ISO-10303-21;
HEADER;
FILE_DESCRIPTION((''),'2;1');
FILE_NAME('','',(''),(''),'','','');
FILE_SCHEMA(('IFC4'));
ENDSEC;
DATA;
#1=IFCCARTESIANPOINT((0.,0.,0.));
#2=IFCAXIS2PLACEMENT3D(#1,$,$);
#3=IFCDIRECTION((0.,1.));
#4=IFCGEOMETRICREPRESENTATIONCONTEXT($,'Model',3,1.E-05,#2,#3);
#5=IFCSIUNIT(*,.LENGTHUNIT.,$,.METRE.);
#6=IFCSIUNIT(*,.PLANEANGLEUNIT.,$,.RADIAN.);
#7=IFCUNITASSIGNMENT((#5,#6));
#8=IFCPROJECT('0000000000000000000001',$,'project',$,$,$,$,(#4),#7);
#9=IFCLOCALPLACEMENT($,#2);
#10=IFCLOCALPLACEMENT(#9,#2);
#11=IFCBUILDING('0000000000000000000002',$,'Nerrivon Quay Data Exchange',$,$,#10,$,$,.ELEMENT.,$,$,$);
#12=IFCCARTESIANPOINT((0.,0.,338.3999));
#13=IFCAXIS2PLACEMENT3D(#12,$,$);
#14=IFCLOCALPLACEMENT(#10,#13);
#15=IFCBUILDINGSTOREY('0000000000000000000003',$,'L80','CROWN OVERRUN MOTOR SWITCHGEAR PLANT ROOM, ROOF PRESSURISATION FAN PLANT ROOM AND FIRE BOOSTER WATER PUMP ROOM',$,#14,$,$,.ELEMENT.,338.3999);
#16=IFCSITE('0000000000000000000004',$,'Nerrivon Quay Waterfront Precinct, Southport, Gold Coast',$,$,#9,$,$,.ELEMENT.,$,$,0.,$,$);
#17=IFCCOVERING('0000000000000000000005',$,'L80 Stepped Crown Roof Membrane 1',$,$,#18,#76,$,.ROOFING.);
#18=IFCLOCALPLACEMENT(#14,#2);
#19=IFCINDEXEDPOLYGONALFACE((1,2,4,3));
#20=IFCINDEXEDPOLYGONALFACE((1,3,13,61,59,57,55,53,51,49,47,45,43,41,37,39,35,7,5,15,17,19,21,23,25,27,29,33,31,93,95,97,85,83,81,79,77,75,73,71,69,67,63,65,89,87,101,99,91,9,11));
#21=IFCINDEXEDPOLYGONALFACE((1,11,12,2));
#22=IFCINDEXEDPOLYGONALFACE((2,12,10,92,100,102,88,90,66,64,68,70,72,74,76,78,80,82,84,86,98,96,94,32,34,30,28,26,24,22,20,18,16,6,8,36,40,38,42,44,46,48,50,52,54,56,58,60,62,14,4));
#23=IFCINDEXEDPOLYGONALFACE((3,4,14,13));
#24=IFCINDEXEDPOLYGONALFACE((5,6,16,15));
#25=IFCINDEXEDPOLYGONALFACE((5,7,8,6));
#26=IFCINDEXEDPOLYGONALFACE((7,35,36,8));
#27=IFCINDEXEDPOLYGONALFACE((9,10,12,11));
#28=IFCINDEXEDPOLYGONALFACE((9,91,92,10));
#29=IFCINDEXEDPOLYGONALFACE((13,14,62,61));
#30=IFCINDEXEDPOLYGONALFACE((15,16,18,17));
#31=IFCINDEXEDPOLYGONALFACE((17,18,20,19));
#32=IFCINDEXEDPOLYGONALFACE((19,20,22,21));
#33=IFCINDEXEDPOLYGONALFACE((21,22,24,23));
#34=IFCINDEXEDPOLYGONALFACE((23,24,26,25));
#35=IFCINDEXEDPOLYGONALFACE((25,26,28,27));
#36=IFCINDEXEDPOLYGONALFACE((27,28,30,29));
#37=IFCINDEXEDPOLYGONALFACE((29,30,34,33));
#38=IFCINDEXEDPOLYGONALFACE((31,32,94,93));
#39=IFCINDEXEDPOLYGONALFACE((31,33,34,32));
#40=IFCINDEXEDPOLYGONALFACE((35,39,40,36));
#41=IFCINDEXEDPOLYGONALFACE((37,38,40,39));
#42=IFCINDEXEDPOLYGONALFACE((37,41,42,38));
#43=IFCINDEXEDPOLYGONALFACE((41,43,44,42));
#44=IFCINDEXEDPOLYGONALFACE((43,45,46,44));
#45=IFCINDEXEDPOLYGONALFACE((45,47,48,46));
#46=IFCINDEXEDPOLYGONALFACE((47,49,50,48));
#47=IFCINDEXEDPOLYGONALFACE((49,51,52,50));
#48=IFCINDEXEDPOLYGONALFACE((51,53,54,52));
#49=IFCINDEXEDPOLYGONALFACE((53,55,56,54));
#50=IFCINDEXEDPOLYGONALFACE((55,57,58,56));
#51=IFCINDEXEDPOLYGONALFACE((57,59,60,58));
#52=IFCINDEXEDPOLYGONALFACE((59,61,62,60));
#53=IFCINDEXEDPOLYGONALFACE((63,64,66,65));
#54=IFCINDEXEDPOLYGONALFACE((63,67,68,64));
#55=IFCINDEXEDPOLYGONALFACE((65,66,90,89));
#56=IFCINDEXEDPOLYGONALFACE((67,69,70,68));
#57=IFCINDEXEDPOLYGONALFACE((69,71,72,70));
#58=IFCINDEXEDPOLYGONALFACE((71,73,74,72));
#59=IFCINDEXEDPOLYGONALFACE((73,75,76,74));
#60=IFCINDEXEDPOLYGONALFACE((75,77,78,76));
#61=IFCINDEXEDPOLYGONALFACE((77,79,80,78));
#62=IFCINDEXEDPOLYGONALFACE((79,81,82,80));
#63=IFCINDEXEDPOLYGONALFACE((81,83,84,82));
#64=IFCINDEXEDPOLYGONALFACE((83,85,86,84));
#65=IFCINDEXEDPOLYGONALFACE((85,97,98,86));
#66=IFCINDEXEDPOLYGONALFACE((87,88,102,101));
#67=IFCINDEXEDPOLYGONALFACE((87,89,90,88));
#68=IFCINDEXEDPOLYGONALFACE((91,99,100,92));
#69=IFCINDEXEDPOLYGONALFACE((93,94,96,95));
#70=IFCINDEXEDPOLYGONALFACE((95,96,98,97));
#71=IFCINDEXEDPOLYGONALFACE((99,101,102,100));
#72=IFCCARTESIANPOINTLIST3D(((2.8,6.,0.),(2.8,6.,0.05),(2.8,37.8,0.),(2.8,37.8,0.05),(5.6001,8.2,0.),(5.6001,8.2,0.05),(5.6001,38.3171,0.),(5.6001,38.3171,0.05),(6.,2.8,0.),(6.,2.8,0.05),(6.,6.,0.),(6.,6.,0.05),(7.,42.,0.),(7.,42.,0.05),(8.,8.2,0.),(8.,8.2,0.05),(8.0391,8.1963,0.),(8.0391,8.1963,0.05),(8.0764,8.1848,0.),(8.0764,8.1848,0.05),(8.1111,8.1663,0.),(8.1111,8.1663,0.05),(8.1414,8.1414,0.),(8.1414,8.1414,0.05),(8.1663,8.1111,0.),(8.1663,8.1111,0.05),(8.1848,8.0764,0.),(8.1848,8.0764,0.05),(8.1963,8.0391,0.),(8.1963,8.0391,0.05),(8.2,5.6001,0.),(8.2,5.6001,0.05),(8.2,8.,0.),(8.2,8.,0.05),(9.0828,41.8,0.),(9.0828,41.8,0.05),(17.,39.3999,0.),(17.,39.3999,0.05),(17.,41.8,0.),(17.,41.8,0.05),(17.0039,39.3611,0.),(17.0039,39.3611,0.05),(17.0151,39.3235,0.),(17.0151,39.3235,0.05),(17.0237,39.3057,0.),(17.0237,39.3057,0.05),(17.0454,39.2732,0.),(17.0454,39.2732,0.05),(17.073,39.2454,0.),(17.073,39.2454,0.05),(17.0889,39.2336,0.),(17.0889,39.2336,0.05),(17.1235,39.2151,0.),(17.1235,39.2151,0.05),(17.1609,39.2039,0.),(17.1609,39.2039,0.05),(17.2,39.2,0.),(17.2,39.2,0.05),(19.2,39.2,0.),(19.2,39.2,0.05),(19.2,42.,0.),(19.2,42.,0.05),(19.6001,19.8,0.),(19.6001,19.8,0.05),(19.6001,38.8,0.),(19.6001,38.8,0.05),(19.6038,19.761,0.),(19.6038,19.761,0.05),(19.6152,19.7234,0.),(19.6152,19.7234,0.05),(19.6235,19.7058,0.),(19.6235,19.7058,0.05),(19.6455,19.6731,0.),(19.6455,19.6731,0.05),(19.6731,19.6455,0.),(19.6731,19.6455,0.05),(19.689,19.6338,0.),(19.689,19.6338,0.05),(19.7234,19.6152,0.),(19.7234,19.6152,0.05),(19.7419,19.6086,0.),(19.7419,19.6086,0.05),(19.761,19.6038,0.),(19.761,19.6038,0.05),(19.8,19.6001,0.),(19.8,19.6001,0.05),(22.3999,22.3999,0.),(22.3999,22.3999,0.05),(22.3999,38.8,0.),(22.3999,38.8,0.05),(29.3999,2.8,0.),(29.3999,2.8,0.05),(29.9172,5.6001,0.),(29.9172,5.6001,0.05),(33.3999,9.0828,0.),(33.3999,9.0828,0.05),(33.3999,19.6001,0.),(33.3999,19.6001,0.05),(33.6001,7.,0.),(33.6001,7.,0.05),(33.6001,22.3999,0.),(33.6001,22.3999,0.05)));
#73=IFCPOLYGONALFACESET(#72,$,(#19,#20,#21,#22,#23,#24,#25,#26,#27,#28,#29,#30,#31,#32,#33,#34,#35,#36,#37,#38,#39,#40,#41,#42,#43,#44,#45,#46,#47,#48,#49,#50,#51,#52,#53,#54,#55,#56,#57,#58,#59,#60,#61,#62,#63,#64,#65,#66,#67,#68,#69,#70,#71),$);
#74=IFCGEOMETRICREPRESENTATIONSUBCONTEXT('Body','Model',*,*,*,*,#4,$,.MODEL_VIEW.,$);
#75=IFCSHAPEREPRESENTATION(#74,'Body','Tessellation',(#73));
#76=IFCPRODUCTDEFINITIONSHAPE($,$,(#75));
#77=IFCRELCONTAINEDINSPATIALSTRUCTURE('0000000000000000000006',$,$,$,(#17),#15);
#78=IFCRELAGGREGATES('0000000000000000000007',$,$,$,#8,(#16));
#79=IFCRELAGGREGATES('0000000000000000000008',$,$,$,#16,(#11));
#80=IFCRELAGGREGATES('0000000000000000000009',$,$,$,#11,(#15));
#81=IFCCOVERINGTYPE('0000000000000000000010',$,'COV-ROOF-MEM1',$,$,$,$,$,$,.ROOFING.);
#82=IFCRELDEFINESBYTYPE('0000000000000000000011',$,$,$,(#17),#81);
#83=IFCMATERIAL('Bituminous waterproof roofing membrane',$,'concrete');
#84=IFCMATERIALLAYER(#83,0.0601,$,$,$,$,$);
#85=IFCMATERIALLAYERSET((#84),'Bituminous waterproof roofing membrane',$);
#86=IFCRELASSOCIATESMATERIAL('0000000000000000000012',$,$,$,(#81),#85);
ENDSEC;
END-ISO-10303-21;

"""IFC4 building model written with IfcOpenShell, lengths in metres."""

from ifc_helpers import new_model, si_unit, direction, frame, origin, place, context, subcontext, project, spatial, polyline, outline, extrude, material, layer, layer_set, type_object, element, save


model = new_model("IFC4")

# Units and contexts
model_context = context("Model", 3, precision=1e-05, world=origin(), true_north=direction((0.0, 1.0)))
body_context = subcontext(model_context, "Body", "Model", "MODEL_VIEW")
ifc_project = project(units=[si_unit("LENGTHUNIT", "METRE"), si_unit("PLANEANGLEUNIT", "RADIAN")], contexts=[model_context])

# Site, building, storey
site_placement = place(None, origin())
site = spatial("IfcSite", under=ifc_project, at=site_placement, Name="Nerrivon Quay Waterfront Precinct, Southport, Gold Coast", CompositionType="ELEMENT", RefElevation=0.0)
building_placement = place(site_placement, origin())
building = spatial("IfcBuilding", under=site, at=building_placement, Name="Nerrivon Quay Data Exchange", CompositionType="ELEMENT")
storey_placement = place(building_placement, frame((0.0, 0.0, 338.3999)))
storey = spatial("IfcBuildingStorey", under=building, at=storey_placement, Name="L80", Description="CROWN OVERRUN MOTOR SWITCHGEAR PLANT ROOM, ROOF PRESSURISATION FAN PLANT ROOM AND FIRE BOOSTER WATER PUMP ROOM", CompositionType="ELEMENT", Elevation=338.3999)

# Covering
ifc_material_1 = material(Name="Bituminous waterproof roofing membrane", Category="concrete")
ifc_layer_1 = layer(ifc_material_1, 0.0601)
ifc_layer_set_1 = layer_set([ifc_layer_1], Name="Bituminous waterproof roofing membrane")
covering_type = type_object("IfcCoveringType", Name="COV-ROOF-MEM1", PredefinedType="ROOFING", material=ifc_layer_set_1)
covering_placement = place(storey_placement, origin())
element("IfcCovering", 1, at=covering_placement, inside=storey, type_object=covering_type, Name="L80 Stepped Crown Roof Membrane 1", PredefinedType="ROOFING", context=body_context, shape_type="SweptSolid", body=[
    extrude(outline(polyline([(19.6001, 38.8), (19.6001, 19.8), (19.6038, 19.761), (19.6152, 19.7234), (19.6235, 19.7058), (19.6455, 19.6731), (19.6731, 19.6455), (19.689, 19.6338), (19.7234, 19.6152), (19.7419, 19.6086), (19.761, 19.6038), (19.8, 19.6001), (33.3999, 19.6001), (33.3999, 9.0828), (29.9172, 5.6001), (8.2, 5.6001), (8.2, 8.0), (8.1963, 8.0391), (8.1848, 8.0764), (8.1663, 8.1111), (8.1414, 8.1414), (8.1111, 8.1663), (8.0764, 8.1848), (8.0391, 8.1963), (8.0, 8.2), (5.6001, 8.2), (5.6001, 38.3171), (9.0828, 41.8), (17.0, 41.8), (17.0, 39.3999), (17.0039, 39.3611), (17.0151, 39.3235), (17.0237, 39.3057), (17.0454, 39.2732), (17.073, 39.2454), (17.0889, 39.2336), (17.1235, 39.2151), (17.1609, 39.2039), (17.2, 39.2), (19.2, 39.2), (19.2, 42.0), (7.0, 42.0), (2.8, 37.8), (2.8, 6.0), (6.0, 6.0), (6.0, 2.8), (29.3999, 2.8), (33.6001, 7.0), (33.6001, 22.3999), (22.3999, 22.3999), (22.3999, 38.8), (19.6001, 38.8)])), origin(), (0.0, 0.0, 1.0), 0.05),
])

save(model, "model.ifc")
